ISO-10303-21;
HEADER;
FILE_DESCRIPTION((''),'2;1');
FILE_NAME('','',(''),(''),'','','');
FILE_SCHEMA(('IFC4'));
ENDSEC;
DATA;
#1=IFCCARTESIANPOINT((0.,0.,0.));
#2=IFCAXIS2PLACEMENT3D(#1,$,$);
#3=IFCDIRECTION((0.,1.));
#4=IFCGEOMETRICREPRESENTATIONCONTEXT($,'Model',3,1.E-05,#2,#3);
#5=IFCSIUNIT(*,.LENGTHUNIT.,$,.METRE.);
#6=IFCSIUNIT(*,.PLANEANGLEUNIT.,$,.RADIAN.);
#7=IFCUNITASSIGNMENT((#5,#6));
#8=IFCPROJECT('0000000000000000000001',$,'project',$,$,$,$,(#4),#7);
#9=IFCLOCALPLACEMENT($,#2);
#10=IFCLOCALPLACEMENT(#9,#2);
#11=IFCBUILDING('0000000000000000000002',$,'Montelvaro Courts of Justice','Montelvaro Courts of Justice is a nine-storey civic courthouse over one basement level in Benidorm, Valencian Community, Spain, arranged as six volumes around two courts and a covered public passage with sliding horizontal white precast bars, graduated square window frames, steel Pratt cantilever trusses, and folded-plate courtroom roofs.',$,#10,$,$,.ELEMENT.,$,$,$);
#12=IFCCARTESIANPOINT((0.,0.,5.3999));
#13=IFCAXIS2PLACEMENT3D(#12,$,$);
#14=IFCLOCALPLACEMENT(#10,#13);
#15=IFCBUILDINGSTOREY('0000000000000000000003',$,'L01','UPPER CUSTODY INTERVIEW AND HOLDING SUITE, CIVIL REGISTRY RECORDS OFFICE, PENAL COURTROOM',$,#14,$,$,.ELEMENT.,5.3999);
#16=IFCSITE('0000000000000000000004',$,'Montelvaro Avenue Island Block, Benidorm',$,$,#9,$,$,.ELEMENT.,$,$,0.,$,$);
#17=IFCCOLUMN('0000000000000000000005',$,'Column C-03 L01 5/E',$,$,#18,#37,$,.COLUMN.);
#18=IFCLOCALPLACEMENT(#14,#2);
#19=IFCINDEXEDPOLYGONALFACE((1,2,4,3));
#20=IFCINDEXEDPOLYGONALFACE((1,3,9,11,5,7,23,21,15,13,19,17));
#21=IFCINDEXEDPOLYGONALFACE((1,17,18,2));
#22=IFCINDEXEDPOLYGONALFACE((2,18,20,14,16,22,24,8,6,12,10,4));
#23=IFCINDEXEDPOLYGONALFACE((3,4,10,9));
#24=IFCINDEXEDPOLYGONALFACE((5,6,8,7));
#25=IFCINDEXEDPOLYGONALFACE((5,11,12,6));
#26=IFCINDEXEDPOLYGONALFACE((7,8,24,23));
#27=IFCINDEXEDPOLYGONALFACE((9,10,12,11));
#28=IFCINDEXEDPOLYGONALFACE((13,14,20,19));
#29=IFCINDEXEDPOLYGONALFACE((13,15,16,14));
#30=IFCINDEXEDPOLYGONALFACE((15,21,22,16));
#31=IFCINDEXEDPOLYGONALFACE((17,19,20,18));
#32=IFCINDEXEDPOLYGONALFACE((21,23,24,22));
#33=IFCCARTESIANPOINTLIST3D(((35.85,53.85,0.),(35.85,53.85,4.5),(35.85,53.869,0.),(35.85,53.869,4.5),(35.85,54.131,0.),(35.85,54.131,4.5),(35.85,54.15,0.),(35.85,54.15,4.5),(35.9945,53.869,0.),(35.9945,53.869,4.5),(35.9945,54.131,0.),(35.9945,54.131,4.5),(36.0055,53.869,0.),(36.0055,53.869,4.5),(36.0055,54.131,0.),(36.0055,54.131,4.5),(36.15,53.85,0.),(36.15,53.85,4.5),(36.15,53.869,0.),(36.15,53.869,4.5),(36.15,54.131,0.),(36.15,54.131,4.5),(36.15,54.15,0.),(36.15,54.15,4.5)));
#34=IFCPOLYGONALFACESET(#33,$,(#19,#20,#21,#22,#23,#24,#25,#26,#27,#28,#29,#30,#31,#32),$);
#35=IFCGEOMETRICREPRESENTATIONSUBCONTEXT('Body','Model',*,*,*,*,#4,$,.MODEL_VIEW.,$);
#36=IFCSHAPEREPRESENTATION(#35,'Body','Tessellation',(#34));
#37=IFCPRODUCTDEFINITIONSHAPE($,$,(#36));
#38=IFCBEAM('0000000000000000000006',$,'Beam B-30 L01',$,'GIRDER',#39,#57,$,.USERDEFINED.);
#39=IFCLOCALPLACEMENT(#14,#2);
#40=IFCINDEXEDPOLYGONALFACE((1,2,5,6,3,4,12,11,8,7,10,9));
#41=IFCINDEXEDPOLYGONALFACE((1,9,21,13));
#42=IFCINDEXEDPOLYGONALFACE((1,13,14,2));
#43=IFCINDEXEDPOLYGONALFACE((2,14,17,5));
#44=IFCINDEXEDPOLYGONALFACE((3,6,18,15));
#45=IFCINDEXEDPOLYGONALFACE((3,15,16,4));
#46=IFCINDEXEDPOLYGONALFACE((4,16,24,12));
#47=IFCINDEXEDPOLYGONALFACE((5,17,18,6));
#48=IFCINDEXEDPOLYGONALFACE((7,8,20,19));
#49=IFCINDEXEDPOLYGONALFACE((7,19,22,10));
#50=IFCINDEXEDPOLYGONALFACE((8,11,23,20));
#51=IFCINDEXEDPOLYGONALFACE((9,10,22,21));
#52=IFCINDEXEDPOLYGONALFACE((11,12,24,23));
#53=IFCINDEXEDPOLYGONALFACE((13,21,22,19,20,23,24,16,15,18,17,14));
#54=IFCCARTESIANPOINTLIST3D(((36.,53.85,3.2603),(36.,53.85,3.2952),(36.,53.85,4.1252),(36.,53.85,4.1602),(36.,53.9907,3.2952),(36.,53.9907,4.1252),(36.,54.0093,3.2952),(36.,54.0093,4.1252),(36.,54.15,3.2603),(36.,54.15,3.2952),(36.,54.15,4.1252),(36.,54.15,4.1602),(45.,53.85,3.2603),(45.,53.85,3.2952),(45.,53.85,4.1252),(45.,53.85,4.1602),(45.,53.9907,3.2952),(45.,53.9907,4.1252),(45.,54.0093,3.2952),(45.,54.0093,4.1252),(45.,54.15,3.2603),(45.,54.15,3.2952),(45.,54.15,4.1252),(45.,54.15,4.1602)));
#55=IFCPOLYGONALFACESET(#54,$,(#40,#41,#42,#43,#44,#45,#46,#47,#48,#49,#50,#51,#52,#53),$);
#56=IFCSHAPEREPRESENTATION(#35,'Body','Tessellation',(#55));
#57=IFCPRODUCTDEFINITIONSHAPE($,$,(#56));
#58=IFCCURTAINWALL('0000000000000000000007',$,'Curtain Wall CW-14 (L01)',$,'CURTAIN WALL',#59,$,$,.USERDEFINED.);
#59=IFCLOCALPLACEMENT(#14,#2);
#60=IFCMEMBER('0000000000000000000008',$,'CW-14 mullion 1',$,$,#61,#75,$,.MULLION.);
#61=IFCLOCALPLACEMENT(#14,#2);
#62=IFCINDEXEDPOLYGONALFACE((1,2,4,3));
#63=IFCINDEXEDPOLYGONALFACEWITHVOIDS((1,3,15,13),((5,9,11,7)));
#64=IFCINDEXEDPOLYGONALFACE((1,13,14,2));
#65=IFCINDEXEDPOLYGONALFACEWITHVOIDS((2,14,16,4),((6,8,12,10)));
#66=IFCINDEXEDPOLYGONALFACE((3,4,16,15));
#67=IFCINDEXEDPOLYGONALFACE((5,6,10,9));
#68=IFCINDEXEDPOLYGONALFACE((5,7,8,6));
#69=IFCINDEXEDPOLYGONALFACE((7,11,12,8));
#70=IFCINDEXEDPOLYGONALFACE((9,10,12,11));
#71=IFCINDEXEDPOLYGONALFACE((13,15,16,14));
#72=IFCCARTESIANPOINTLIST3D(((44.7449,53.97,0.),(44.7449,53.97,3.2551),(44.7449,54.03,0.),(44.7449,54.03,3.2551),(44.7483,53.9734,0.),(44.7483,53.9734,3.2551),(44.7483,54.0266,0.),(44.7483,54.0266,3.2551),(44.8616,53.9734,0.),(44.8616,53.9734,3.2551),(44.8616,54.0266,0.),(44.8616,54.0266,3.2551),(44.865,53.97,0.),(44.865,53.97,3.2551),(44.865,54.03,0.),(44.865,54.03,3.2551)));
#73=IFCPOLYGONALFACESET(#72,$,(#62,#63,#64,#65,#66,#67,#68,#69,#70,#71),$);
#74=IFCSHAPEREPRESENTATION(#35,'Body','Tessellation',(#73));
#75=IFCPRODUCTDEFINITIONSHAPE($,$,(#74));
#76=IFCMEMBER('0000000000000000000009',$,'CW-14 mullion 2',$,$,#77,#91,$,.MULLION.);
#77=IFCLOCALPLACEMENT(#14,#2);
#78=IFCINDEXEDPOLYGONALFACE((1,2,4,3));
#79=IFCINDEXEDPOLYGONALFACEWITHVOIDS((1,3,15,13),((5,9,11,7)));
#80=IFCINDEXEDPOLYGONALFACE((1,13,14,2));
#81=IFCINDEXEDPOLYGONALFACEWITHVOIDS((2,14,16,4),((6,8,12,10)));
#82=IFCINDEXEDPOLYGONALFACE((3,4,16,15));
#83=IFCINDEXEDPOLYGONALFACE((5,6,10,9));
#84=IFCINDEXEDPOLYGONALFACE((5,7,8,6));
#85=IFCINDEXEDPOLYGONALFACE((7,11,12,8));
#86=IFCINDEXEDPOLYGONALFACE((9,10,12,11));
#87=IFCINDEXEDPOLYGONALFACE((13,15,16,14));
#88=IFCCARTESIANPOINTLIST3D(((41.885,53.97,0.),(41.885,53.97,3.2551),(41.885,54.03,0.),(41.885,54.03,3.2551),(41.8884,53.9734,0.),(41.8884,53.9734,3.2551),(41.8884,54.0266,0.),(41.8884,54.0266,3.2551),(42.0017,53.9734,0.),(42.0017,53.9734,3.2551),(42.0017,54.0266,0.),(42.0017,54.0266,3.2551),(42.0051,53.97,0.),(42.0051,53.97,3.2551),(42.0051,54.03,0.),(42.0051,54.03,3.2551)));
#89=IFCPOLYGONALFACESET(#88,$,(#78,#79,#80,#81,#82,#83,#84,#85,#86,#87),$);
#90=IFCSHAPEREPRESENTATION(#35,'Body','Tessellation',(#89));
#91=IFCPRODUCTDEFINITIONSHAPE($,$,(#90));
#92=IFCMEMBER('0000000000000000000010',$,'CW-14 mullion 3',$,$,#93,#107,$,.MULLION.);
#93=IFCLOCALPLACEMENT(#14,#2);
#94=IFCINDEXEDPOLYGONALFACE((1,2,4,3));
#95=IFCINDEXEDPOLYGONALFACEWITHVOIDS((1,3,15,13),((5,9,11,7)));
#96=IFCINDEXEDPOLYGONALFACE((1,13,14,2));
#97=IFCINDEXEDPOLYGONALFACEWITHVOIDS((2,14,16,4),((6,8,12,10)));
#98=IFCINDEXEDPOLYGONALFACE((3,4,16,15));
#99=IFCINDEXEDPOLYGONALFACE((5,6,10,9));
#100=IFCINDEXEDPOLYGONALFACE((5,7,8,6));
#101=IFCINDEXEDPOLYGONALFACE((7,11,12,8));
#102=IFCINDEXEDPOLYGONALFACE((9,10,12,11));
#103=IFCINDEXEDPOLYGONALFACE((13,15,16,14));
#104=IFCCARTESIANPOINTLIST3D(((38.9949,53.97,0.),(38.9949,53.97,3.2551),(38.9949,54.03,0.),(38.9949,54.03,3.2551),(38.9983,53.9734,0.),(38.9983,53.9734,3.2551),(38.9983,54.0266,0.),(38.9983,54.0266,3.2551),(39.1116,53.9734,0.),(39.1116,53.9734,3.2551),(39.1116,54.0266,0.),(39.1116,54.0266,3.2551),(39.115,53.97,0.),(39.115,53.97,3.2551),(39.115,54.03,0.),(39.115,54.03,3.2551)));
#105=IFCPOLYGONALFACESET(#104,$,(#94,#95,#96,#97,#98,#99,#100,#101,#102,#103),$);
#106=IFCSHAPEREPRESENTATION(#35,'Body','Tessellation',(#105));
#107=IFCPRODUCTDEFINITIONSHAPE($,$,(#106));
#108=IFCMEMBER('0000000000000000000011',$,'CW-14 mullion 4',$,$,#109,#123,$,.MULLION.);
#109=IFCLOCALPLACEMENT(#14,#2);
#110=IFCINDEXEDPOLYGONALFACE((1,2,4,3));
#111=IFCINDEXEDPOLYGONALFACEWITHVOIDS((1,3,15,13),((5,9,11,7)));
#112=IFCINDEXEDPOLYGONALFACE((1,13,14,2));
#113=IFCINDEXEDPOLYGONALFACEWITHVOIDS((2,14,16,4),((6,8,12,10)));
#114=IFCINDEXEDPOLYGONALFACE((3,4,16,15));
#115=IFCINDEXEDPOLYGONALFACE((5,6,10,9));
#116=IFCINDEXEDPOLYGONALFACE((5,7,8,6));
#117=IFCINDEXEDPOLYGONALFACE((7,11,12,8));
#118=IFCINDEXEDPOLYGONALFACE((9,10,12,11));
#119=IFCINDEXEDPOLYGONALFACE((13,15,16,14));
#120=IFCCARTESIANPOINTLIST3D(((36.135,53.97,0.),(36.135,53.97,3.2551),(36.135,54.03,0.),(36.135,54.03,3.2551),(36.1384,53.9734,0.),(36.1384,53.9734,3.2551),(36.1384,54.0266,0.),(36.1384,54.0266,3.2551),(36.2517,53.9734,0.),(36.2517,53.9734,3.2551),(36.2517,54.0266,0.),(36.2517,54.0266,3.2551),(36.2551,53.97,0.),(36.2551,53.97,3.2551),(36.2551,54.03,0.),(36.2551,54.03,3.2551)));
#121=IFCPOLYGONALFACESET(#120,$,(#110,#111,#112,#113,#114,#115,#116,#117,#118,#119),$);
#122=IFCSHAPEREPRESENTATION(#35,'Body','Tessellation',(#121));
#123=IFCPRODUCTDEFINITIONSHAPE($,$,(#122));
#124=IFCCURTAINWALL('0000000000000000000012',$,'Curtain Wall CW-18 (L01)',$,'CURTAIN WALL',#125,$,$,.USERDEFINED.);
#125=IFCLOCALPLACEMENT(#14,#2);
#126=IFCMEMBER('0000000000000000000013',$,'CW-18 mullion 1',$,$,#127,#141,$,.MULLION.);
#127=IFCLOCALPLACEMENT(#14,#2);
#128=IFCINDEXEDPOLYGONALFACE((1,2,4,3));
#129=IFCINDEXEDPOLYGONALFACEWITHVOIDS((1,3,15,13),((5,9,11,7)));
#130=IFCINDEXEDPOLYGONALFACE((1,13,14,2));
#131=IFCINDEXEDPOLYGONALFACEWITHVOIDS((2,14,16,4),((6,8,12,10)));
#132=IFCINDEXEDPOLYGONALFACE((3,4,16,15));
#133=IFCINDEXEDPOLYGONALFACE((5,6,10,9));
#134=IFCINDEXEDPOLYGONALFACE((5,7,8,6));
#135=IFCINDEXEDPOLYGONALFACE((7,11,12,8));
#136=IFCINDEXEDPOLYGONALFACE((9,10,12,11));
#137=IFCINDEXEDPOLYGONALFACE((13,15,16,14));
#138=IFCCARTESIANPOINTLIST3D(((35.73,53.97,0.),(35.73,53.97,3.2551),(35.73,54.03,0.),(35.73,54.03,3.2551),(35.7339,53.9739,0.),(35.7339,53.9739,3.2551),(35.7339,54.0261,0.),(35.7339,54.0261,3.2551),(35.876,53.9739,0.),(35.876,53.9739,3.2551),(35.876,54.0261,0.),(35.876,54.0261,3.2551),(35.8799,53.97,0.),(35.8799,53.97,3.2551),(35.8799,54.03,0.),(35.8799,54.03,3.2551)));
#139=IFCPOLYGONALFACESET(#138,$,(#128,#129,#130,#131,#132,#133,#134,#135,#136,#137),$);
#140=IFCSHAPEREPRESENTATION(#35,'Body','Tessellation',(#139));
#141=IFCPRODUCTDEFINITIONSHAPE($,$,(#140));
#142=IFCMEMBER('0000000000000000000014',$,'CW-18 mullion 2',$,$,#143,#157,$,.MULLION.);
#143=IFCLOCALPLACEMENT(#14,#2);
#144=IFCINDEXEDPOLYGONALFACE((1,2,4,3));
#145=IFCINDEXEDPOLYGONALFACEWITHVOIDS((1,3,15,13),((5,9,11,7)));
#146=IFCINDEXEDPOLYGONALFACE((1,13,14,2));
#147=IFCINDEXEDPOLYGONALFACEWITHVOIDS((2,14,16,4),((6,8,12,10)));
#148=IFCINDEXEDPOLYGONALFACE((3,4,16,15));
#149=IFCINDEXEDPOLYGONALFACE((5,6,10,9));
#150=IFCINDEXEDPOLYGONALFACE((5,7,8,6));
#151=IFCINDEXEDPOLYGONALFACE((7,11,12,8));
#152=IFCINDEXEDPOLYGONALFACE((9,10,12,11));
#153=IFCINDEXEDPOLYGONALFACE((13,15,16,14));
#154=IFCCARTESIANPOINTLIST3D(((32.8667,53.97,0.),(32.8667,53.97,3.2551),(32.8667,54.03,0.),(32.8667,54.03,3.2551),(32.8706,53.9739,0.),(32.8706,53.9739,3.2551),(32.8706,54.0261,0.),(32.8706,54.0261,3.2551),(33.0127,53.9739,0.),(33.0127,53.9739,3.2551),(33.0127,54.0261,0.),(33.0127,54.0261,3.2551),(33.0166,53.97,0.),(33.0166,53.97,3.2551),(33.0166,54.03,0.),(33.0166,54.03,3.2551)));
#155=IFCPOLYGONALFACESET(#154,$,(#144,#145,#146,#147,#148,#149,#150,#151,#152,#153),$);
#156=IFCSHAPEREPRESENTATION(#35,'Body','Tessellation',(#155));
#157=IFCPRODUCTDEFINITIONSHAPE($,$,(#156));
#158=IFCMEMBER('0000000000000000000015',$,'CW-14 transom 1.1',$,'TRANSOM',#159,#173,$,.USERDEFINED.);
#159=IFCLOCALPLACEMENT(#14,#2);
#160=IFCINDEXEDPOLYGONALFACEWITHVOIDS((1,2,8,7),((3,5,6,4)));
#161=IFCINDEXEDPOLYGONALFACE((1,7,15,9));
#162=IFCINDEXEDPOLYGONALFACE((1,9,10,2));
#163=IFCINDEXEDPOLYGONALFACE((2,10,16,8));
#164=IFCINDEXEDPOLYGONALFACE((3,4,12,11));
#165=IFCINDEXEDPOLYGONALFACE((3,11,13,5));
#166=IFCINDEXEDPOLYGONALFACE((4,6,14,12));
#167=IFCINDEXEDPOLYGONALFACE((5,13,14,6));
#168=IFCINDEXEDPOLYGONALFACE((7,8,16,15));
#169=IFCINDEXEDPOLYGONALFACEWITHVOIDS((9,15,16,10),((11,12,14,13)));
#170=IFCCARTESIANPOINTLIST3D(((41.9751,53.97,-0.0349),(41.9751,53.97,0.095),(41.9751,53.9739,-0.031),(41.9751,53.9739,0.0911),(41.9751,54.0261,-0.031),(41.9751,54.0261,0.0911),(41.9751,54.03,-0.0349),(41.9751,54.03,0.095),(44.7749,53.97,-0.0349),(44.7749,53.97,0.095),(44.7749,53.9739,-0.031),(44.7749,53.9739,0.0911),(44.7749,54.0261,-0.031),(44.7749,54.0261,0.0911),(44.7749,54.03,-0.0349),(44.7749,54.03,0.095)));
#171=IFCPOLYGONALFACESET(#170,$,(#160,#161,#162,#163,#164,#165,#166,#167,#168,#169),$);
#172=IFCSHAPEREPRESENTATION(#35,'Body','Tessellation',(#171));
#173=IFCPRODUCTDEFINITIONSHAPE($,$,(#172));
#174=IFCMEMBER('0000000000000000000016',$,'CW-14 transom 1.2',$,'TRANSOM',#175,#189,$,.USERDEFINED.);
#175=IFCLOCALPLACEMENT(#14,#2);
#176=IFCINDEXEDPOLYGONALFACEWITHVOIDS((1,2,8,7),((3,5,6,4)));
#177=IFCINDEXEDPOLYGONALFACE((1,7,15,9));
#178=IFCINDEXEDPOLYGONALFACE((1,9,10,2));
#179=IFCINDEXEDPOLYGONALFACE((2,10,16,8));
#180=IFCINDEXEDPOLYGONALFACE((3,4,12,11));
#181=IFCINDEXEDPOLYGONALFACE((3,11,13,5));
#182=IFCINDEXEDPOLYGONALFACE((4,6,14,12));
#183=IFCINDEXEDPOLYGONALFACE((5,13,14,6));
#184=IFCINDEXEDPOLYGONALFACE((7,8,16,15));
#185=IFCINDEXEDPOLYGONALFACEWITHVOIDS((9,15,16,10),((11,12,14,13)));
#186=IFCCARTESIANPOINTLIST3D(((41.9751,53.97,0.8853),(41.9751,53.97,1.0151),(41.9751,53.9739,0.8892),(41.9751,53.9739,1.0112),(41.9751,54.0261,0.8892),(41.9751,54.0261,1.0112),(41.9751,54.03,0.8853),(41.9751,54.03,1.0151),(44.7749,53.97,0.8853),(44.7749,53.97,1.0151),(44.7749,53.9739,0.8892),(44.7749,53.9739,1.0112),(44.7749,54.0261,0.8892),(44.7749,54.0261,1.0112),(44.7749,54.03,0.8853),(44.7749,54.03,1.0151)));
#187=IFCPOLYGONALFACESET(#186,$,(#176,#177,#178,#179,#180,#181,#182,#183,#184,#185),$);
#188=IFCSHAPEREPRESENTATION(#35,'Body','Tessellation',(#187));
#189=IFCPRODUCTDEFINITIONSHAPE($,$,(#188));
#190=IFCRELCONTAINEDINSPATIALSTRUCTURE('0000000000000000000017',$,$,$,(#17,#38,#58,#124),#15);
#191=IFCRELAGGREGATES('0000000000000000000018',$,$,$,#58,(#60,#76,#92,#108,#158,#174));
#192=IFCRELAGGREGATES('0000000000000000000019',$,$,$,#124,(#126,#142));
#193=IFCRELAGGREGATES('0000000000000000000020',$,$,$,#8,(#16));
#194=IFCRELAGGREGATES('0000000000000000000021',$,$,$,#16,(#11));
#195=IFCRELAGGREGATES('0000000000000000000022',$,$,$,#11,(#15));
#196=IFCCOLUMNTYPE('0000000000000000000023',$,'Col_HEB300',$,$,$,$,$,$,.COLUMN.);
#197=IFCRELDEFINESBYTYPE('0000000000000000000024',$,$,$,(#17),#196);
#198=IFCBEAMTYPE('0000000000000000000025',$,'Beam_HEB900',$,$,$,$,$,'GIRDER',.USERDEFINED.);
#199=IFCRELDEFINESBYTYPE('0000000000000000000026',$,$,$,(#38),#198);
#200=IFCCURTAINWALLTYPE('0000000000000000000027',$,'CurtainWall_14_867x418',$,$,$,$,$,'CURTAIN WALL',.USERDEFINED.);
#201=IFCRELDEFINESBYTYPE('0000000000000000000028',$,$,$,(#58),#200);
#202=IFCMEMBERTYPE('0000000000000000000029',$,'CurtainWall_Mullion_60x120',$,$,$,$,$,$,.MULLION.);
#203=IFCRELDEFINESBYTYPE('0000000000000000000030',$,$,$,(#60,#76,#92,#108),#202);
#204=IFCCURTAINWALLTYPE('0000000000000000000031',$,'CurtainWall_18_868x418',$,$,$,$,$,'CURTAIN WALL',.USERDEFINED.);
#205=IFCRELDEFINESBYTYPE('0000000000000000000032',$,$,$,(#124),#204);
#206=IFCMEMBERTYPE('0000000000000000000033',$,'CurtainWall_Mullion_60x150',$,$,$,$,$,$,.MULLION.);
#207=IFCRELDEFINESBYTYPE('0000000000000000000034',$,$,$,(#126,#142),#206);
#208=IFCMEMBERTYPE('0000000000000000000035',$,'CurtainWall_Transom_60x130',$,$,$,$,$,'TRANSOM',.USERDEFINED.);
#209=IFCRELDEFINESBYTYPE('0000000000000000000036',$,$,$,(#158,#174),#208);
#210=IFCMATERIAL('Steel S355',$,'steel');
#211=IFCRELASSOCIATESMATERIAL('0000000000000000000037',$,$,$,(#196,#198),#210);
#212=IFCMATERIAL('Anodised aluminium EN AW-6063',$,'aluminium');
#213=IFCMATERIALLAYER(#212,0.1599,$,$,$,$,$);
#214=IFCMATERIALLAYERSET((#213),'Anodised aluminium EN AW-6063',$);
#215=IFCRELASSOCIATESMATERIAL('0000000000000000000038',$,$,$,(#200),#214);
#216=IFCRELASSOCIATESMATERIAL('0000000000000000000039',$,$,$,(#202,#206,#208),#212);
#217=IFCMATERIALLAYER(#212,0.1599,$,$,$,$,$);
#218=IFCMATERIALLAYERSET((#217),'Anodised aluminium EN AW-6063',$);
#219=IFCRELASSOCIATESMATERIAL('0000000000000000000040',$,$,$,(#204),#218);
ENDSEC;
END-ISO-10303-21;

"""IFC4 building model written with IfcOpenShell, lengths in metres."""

from ifc_helpers import new_model, si_unit, direction, frame, origin, origin_2d, place, context, subcontext, project, spatial, hollow_rectangle, i_section, extrude, material, layer, layer_set, material_profile, profile_set, type_object, element, aggregate, save


model = new_model("IFC4")

# Units and contexts
model_context = context("Model", 3, precision=1e-05, world=origin(), true_north=direction((0.0, 1.0)))
body_context = subcontext(model_context, "Body", "Model", "MODEL_VIEW")
ifc_project = project(units=[si_unit("LENGTHUNIT", "METRE"), si_unit("PLANEANGLEUNIT", "RADIAN")], contexts=[model_context])

# Site, building, storey
site_placement = place(None, origin())
site = spatial("IfcSite", under=ifc_project, at=site_placement, Name="Montelvaro Avenue Island Block, Benidorm", CompositionType="ELEMENT", RefElevation=0.0)
building_placement = place(site_placement, origin())
building = spatial("IfcBuilding", under=site, at=building_placement, Name="Montelvaro Courts of Justice", Description="Montelvaro Courts of Justice is a nine-storey civic courthouse over one basement level in Benidorm, Valencian Community, Spain, arranged as six volumes around two courts and a covered public passage with sliding horizontal white precast bars, graduated square window frames, steel Pratt cantilever trusses, and folded-plate courtroom roofs.", CompositionType="ELEMENT")
storey_placement = place(building_placement, frame((0.0, 0.0, 5.3999)))
storey = spatial("IfcBuildingStorey", under=building, at=storey_placement, Name="L01", Description="UPPER CUSTODY INTERVIEW AND HOLDING SUITE, CIVIL REGISTRY RECORDS OFFICE, PENAL COURTROOM", CompositionType="ELEMENT", Elevation=5.3999)

# Column
ifc_material_1 = material(Name="Steel S355", Category="steel")
ifc_material_profile_1 = material_profile(ifc_material_1, i_section(OverallWidth=0.3, OverallDepth=0.3, WebThickness=0.011, FlangeThickness=0.019, at=origin_2d()), Name="HEB 300")
ifc_profile_set_1 = profile_set([ifc_material_profile_1], Name="Steel S355")
column_type = type_object("IfcColumnType", Name="Col_HEB300", PredefinedType="COLUMN", material=ifc_profile_set_1)
column_placement = place(storey_placement, frame((36.0, 54.0, 0.0), z_axis=(0.0, 0.0, 1.0), x_axis=(1.0, 0.0, 0.0)))
element("IfcColumn", 1, at=column_placement, inside=storey, type_object=column_type, Name="Column C-03 L01 5/E", PredefinedType="COLUMN", context=body_context, shape_type="SweptSolid", body=[
    extrude(i_section(OverallWidth=0.3, OverallDepth=0.3, WebThickness=0.011, FlangeThickness=0.019, at=origin_2d()), origin(), (0.0, 0.0, 1.0), 4.5),
])

# Beam
ifc_material_profile_2 = material_profile(ifc_material_1, i_section(OverallWidth=0.3, OverallDepth=0.8999, WebThickness=0.0186, FlangeThickness=0.0349, at=origin_2d()), Name="HEB 900")
ifc_profile_set_2 = profile_set([ifc_material_profile_2], Name="Steel S355")
beam_type = type_object("IfcBeamType", Name="Beam_HEB900", ElementType="GIRDER", PredefinedType="USERDEFINED", material=ifc_profile_set_2)
beam_placement = place(storey_placement, frame((36.0, 54.0, 3.7102), z_axis=(1.0, 0.0, 0.0), x_axis=(0.0, 1.0, 0.0)))
element("IfcBeam", 2, at=beam_placement, inside=storey, type_object=beam_type, Name="Beam B-30 L01", ObjectType="GIRDER", PredefinedType="USERDEFINED", context=body_context, shape_type="SweptSolid", body=[
    extrude(i_section(OverallWidth=0.3, OverallDepth=0.8999, WebThickness=0.0186, FlangeThickness=0.0349, at=origin_2d()), origin(), (0.0, 0.0, 1.0), 9.0),
])

# Curtain walls, members
ifc_material_2 = material(Name="Anodised aluminium EN AW-6063", Category="aluminium")
ifc_layer_1 = layer(ifc_material_2, 0.1599)
ifc_layer_set_1 = layer_set([ifc_layer_1], Name="Anodised aluminium EN AW-6063")
curtain_wall_type_1 = type_object("IfcCurtainWallType", Name="CurtainWall_14_867x418", ElementType="CURTAIN WALL", PredefinedType="USERDEFINED", material=ifc_layer_set_1)
curtain_wall_1_placement = place(storey_placement, origin())
curtain_wall_1 = element("IfcCurtainWall", 3, at=curtain_wall_1_placement, inside=storey, type_object=curtain_wall_type_1, Name="Curtain Wall CW-14 (L01)", ObjectType="CURTAIN WALL", PredefinedType="USERDEFINED")
ifc_material_profile_3 = material_profile(ifc_material_2, hollow_rectangle(XDim=0.0601, YDim=0.1201, WallThickness=0.0034, at=origin_2d()), Name="ALU-M 60x120")
ifc_profile_set_3 = profile_set([ifc_material_profile_3], Name="Anodised aluminium EN AW-6063")
member_type_1 = type_object("IfcMemberType", Name="CurtainWall_Mullion_60x120", PredefinedType="MULLION", material=ifc_profile_set_3)
member_1_placement = place(storey_placement, frame((44.8049, 54.0, 0.0), z_axis=(0.0, 0.0, 1.0), x_axis=(0.0, -1.0, 0.0)))
member_1 = element("IfcMember", 4, at=member_1_placement, type_object=member_type_1, Name="CW-14 mullion 1", PredefinedType="MULLION", context=body_context, shape_type="SweptSolid", body=[
    extrude(hollow_rectangle(XDim=0.0601, YDim=0.1201, WallThickness=0.0034, at=origin_2d()), origin(), (0.0, 0.0, 1.0), 3.2551),
])
member_2_placement = place(storey_placement, frame((41.9451, 54.0, 0.0), z_axis=(0.0, 0.0, 1.0), x_axis=(0.0, -1.0, 0.0)))
member_2 = element("IfcMember", 5, at=member_2_placement, type_object=member_type_1, Name="CW-14 mullion 2", PredefinedType="MULLION", context=body_context, shape_type="SweptSolid", body=[
    extrude(hollow_rectangle(XDim=0.0601, YDim=0.1201, WallThickness=0.0034, at=origin_2d()), origin(), (0.0, 0.0, 1.0), 3.2551),
])
member_3_placement = place(storey_placement, frame((39.0549, 54.0, 0.0), z_axis=(0.0, 0.0, 1.0), x_axis=(0.0, -1.0, 0.0)))
member_3 = element("IfcMember", 6, at=member_3_placement, type_object=member_type_1, Name="CW-14 mullion 3", PredefinedType="MULLION", context=body_context, shape_type="SweptSolid", body=[
    extrude(hollow_rectangle(XDim=0.0601, YDim=0.1201, WallThickness=0.0034, at=origin_2d()), origin(), (0.0, 0.0, 1.0), 3.2551),
])
member_4_placement = place(storey_placement, frame((36.1951, 54.0, 0.0), z_axis=(0.0, 0.0, 1.0), x_axis=(0.0, -1.0, 0.0)))
member_4 = element("IfcMember", 7, at=member_4_placement, type_object=member_type_1, Name="CW-14 mullion 4", PredefinedType="MULLION", context=body_context, shape_type="SweptSolid", body=[
    extrude(hollow_rectangle(XDim=0.0601, YDim=0.1201, WallThickness=0.0034, at=origin_2d()), origin(), (0.0, 0.0, 1.0), 3.2551),
])
ifc_layer_2 = layer(ifc_material_2, 0.1599)
ifc_layer_set_2 = layer_set([ifc_layer_2], Name="Anodised aluminium EN AW-6063")
curtain_wall_type_2 = type_object("IfcCurtainWallType", Name="CurtainWall_18_868x418", ElementType="CURTAIN WALL", PredefinedType="USERDEFINED", material=ifc_layer_set_2)
curtain_wall_2_placement = place(storey_placement, origin())
curtain_wall_2 = element("IfcCurtainWall", 8, at=curtain_wall_2_placement, inside=storey, type_object=curtain_wall_type_2, Name="Curtain Wall CW-18 (L01)", ObjectType="CURTAIN WALL", PredefinedType="USERDEFINED")
ifc_material_profile_4 = material_profile(ifc_material_2, hollow_rectangle(XDim=0.0601, YDim=0.1499, WallThickness=0.0039, at=origin_2d()), Name="ALU-M 60x150")
ifc_profile_set_4 = profile_set([ifc_material_profile_4], Name="Anodised aluminium EN AW-6063")
member_type_2 = type_object("IfcMemberType", Name="CurtainWall_Mullion_60x150", PredefinedType="MULLION", material=ifc_profile_set_4)
member_5_placement = place(storey_placement, frame((35.8049, 54.0, 0.0), z_axis=(0.0, 0.0, 1.0), x_axis=(0.0, -1.0, 0.0)))
member_5 = element("IfcMember", 9, at=member_5_placement, type_object=member_type_2, Name="CW-18 mullion 1", PredefinedType="MULLION", context=body_context, shape_type="SweptSolid", body=[
    extrude(hollow_rectangle(XDim=0.0601, YDim=0.1499, WallThickness=0.0039, at=origin_2d()), origin(), (0.0, 0.0, 1.0), 3.2551),
])
member_6_placement = place(storey_placement, frame((32.9417, 54.0, 0.0), z_axis=(0.0, 0.0, 1.0), x_axis=(0.0, -1.0, 0.0)))
member_6 = element("IfcMember", 10, at=member_6_placement, type_object=member_type_2, Name="CW-18 mullion 2", PredefinedType="MULLION", context=body_context, shape_type="SweptSolid", body=[
    extrude(hollow_rectangle(XDim=0.0601, YDim=0.1499, WallThickness=0.0039, at=origin_2d()), origin(), (0.0, 0.0, 1.0), 3.2551),
])

# Members
ifc_material_profile_5 = material_profile(ifc_material_2, hollow_rectangle(XDim=0.0601, YDim=0.1299, WallThickness=0.0039, at=origin_2d()), Name="ALU-T 60x130")
ifc_profile_set_5 = profile_set([ifc_material_profile_5], Name="Anodised aluminium EN AW-6063")
member_type_3 = type_object("IfcMemberType", Name="CurtainWall_Transom_60x130", ElementType="TRANSOM", PredefinedType="USERDEFINED", material=ifc_profile_set_5)
member_7_placement = place(storey_placement, frame((44.7749, 54.0, 0.03), z_axis=(-1.0, 0.0, 0.0), x_axis=(0.0, -1.0, 0.0)))
member_7 = element("IfcMember", 11, at=member_7_placement, type_object=member_type_3, Name="CW-14 transom 1.1", ObjectType="TRANSOM", PredefinedType="USERDEFINED", context=body_context, shape_type="SweptSolid", body=[
    extrude(hollow_rectangle(XDim=0.0601, YDim=0.1299, WallThickness=0.0039, at=origin_2d()), origin(), (0.0, 0.0, 1.0), 2.7998),
])
member_8_placement = place(storey_placement, frame((44.7749, 54.0, 0.9502), z_axis=(-1.0, 0.0, 0.0), x_axis=(0.0, -1.0, 0.0)))
member_8 = element("IfcMember", 12, at=member_8_placement, type_object=member_type_3, Name="CW-14 transom 1.2", ObjectType="TRANSOM", PredefinedType="USERDEFINED", context=body_context, shape_type="SweptSolid", body=[
    extrude(hollow_rectangle(XDim=0.0601, YDim=0.1299, WallThickness=0.0039, at=origin_2d()), origin(), (0.0, 0.0, 1.0), 2.7998),
])

aggregate(curtain_wall_1, [member_1, member_2, member_3, member_4, member_7, member_8])
aggregate(curtain_wall_2, [member_5, member_6])

save(model, "model.ifc")
